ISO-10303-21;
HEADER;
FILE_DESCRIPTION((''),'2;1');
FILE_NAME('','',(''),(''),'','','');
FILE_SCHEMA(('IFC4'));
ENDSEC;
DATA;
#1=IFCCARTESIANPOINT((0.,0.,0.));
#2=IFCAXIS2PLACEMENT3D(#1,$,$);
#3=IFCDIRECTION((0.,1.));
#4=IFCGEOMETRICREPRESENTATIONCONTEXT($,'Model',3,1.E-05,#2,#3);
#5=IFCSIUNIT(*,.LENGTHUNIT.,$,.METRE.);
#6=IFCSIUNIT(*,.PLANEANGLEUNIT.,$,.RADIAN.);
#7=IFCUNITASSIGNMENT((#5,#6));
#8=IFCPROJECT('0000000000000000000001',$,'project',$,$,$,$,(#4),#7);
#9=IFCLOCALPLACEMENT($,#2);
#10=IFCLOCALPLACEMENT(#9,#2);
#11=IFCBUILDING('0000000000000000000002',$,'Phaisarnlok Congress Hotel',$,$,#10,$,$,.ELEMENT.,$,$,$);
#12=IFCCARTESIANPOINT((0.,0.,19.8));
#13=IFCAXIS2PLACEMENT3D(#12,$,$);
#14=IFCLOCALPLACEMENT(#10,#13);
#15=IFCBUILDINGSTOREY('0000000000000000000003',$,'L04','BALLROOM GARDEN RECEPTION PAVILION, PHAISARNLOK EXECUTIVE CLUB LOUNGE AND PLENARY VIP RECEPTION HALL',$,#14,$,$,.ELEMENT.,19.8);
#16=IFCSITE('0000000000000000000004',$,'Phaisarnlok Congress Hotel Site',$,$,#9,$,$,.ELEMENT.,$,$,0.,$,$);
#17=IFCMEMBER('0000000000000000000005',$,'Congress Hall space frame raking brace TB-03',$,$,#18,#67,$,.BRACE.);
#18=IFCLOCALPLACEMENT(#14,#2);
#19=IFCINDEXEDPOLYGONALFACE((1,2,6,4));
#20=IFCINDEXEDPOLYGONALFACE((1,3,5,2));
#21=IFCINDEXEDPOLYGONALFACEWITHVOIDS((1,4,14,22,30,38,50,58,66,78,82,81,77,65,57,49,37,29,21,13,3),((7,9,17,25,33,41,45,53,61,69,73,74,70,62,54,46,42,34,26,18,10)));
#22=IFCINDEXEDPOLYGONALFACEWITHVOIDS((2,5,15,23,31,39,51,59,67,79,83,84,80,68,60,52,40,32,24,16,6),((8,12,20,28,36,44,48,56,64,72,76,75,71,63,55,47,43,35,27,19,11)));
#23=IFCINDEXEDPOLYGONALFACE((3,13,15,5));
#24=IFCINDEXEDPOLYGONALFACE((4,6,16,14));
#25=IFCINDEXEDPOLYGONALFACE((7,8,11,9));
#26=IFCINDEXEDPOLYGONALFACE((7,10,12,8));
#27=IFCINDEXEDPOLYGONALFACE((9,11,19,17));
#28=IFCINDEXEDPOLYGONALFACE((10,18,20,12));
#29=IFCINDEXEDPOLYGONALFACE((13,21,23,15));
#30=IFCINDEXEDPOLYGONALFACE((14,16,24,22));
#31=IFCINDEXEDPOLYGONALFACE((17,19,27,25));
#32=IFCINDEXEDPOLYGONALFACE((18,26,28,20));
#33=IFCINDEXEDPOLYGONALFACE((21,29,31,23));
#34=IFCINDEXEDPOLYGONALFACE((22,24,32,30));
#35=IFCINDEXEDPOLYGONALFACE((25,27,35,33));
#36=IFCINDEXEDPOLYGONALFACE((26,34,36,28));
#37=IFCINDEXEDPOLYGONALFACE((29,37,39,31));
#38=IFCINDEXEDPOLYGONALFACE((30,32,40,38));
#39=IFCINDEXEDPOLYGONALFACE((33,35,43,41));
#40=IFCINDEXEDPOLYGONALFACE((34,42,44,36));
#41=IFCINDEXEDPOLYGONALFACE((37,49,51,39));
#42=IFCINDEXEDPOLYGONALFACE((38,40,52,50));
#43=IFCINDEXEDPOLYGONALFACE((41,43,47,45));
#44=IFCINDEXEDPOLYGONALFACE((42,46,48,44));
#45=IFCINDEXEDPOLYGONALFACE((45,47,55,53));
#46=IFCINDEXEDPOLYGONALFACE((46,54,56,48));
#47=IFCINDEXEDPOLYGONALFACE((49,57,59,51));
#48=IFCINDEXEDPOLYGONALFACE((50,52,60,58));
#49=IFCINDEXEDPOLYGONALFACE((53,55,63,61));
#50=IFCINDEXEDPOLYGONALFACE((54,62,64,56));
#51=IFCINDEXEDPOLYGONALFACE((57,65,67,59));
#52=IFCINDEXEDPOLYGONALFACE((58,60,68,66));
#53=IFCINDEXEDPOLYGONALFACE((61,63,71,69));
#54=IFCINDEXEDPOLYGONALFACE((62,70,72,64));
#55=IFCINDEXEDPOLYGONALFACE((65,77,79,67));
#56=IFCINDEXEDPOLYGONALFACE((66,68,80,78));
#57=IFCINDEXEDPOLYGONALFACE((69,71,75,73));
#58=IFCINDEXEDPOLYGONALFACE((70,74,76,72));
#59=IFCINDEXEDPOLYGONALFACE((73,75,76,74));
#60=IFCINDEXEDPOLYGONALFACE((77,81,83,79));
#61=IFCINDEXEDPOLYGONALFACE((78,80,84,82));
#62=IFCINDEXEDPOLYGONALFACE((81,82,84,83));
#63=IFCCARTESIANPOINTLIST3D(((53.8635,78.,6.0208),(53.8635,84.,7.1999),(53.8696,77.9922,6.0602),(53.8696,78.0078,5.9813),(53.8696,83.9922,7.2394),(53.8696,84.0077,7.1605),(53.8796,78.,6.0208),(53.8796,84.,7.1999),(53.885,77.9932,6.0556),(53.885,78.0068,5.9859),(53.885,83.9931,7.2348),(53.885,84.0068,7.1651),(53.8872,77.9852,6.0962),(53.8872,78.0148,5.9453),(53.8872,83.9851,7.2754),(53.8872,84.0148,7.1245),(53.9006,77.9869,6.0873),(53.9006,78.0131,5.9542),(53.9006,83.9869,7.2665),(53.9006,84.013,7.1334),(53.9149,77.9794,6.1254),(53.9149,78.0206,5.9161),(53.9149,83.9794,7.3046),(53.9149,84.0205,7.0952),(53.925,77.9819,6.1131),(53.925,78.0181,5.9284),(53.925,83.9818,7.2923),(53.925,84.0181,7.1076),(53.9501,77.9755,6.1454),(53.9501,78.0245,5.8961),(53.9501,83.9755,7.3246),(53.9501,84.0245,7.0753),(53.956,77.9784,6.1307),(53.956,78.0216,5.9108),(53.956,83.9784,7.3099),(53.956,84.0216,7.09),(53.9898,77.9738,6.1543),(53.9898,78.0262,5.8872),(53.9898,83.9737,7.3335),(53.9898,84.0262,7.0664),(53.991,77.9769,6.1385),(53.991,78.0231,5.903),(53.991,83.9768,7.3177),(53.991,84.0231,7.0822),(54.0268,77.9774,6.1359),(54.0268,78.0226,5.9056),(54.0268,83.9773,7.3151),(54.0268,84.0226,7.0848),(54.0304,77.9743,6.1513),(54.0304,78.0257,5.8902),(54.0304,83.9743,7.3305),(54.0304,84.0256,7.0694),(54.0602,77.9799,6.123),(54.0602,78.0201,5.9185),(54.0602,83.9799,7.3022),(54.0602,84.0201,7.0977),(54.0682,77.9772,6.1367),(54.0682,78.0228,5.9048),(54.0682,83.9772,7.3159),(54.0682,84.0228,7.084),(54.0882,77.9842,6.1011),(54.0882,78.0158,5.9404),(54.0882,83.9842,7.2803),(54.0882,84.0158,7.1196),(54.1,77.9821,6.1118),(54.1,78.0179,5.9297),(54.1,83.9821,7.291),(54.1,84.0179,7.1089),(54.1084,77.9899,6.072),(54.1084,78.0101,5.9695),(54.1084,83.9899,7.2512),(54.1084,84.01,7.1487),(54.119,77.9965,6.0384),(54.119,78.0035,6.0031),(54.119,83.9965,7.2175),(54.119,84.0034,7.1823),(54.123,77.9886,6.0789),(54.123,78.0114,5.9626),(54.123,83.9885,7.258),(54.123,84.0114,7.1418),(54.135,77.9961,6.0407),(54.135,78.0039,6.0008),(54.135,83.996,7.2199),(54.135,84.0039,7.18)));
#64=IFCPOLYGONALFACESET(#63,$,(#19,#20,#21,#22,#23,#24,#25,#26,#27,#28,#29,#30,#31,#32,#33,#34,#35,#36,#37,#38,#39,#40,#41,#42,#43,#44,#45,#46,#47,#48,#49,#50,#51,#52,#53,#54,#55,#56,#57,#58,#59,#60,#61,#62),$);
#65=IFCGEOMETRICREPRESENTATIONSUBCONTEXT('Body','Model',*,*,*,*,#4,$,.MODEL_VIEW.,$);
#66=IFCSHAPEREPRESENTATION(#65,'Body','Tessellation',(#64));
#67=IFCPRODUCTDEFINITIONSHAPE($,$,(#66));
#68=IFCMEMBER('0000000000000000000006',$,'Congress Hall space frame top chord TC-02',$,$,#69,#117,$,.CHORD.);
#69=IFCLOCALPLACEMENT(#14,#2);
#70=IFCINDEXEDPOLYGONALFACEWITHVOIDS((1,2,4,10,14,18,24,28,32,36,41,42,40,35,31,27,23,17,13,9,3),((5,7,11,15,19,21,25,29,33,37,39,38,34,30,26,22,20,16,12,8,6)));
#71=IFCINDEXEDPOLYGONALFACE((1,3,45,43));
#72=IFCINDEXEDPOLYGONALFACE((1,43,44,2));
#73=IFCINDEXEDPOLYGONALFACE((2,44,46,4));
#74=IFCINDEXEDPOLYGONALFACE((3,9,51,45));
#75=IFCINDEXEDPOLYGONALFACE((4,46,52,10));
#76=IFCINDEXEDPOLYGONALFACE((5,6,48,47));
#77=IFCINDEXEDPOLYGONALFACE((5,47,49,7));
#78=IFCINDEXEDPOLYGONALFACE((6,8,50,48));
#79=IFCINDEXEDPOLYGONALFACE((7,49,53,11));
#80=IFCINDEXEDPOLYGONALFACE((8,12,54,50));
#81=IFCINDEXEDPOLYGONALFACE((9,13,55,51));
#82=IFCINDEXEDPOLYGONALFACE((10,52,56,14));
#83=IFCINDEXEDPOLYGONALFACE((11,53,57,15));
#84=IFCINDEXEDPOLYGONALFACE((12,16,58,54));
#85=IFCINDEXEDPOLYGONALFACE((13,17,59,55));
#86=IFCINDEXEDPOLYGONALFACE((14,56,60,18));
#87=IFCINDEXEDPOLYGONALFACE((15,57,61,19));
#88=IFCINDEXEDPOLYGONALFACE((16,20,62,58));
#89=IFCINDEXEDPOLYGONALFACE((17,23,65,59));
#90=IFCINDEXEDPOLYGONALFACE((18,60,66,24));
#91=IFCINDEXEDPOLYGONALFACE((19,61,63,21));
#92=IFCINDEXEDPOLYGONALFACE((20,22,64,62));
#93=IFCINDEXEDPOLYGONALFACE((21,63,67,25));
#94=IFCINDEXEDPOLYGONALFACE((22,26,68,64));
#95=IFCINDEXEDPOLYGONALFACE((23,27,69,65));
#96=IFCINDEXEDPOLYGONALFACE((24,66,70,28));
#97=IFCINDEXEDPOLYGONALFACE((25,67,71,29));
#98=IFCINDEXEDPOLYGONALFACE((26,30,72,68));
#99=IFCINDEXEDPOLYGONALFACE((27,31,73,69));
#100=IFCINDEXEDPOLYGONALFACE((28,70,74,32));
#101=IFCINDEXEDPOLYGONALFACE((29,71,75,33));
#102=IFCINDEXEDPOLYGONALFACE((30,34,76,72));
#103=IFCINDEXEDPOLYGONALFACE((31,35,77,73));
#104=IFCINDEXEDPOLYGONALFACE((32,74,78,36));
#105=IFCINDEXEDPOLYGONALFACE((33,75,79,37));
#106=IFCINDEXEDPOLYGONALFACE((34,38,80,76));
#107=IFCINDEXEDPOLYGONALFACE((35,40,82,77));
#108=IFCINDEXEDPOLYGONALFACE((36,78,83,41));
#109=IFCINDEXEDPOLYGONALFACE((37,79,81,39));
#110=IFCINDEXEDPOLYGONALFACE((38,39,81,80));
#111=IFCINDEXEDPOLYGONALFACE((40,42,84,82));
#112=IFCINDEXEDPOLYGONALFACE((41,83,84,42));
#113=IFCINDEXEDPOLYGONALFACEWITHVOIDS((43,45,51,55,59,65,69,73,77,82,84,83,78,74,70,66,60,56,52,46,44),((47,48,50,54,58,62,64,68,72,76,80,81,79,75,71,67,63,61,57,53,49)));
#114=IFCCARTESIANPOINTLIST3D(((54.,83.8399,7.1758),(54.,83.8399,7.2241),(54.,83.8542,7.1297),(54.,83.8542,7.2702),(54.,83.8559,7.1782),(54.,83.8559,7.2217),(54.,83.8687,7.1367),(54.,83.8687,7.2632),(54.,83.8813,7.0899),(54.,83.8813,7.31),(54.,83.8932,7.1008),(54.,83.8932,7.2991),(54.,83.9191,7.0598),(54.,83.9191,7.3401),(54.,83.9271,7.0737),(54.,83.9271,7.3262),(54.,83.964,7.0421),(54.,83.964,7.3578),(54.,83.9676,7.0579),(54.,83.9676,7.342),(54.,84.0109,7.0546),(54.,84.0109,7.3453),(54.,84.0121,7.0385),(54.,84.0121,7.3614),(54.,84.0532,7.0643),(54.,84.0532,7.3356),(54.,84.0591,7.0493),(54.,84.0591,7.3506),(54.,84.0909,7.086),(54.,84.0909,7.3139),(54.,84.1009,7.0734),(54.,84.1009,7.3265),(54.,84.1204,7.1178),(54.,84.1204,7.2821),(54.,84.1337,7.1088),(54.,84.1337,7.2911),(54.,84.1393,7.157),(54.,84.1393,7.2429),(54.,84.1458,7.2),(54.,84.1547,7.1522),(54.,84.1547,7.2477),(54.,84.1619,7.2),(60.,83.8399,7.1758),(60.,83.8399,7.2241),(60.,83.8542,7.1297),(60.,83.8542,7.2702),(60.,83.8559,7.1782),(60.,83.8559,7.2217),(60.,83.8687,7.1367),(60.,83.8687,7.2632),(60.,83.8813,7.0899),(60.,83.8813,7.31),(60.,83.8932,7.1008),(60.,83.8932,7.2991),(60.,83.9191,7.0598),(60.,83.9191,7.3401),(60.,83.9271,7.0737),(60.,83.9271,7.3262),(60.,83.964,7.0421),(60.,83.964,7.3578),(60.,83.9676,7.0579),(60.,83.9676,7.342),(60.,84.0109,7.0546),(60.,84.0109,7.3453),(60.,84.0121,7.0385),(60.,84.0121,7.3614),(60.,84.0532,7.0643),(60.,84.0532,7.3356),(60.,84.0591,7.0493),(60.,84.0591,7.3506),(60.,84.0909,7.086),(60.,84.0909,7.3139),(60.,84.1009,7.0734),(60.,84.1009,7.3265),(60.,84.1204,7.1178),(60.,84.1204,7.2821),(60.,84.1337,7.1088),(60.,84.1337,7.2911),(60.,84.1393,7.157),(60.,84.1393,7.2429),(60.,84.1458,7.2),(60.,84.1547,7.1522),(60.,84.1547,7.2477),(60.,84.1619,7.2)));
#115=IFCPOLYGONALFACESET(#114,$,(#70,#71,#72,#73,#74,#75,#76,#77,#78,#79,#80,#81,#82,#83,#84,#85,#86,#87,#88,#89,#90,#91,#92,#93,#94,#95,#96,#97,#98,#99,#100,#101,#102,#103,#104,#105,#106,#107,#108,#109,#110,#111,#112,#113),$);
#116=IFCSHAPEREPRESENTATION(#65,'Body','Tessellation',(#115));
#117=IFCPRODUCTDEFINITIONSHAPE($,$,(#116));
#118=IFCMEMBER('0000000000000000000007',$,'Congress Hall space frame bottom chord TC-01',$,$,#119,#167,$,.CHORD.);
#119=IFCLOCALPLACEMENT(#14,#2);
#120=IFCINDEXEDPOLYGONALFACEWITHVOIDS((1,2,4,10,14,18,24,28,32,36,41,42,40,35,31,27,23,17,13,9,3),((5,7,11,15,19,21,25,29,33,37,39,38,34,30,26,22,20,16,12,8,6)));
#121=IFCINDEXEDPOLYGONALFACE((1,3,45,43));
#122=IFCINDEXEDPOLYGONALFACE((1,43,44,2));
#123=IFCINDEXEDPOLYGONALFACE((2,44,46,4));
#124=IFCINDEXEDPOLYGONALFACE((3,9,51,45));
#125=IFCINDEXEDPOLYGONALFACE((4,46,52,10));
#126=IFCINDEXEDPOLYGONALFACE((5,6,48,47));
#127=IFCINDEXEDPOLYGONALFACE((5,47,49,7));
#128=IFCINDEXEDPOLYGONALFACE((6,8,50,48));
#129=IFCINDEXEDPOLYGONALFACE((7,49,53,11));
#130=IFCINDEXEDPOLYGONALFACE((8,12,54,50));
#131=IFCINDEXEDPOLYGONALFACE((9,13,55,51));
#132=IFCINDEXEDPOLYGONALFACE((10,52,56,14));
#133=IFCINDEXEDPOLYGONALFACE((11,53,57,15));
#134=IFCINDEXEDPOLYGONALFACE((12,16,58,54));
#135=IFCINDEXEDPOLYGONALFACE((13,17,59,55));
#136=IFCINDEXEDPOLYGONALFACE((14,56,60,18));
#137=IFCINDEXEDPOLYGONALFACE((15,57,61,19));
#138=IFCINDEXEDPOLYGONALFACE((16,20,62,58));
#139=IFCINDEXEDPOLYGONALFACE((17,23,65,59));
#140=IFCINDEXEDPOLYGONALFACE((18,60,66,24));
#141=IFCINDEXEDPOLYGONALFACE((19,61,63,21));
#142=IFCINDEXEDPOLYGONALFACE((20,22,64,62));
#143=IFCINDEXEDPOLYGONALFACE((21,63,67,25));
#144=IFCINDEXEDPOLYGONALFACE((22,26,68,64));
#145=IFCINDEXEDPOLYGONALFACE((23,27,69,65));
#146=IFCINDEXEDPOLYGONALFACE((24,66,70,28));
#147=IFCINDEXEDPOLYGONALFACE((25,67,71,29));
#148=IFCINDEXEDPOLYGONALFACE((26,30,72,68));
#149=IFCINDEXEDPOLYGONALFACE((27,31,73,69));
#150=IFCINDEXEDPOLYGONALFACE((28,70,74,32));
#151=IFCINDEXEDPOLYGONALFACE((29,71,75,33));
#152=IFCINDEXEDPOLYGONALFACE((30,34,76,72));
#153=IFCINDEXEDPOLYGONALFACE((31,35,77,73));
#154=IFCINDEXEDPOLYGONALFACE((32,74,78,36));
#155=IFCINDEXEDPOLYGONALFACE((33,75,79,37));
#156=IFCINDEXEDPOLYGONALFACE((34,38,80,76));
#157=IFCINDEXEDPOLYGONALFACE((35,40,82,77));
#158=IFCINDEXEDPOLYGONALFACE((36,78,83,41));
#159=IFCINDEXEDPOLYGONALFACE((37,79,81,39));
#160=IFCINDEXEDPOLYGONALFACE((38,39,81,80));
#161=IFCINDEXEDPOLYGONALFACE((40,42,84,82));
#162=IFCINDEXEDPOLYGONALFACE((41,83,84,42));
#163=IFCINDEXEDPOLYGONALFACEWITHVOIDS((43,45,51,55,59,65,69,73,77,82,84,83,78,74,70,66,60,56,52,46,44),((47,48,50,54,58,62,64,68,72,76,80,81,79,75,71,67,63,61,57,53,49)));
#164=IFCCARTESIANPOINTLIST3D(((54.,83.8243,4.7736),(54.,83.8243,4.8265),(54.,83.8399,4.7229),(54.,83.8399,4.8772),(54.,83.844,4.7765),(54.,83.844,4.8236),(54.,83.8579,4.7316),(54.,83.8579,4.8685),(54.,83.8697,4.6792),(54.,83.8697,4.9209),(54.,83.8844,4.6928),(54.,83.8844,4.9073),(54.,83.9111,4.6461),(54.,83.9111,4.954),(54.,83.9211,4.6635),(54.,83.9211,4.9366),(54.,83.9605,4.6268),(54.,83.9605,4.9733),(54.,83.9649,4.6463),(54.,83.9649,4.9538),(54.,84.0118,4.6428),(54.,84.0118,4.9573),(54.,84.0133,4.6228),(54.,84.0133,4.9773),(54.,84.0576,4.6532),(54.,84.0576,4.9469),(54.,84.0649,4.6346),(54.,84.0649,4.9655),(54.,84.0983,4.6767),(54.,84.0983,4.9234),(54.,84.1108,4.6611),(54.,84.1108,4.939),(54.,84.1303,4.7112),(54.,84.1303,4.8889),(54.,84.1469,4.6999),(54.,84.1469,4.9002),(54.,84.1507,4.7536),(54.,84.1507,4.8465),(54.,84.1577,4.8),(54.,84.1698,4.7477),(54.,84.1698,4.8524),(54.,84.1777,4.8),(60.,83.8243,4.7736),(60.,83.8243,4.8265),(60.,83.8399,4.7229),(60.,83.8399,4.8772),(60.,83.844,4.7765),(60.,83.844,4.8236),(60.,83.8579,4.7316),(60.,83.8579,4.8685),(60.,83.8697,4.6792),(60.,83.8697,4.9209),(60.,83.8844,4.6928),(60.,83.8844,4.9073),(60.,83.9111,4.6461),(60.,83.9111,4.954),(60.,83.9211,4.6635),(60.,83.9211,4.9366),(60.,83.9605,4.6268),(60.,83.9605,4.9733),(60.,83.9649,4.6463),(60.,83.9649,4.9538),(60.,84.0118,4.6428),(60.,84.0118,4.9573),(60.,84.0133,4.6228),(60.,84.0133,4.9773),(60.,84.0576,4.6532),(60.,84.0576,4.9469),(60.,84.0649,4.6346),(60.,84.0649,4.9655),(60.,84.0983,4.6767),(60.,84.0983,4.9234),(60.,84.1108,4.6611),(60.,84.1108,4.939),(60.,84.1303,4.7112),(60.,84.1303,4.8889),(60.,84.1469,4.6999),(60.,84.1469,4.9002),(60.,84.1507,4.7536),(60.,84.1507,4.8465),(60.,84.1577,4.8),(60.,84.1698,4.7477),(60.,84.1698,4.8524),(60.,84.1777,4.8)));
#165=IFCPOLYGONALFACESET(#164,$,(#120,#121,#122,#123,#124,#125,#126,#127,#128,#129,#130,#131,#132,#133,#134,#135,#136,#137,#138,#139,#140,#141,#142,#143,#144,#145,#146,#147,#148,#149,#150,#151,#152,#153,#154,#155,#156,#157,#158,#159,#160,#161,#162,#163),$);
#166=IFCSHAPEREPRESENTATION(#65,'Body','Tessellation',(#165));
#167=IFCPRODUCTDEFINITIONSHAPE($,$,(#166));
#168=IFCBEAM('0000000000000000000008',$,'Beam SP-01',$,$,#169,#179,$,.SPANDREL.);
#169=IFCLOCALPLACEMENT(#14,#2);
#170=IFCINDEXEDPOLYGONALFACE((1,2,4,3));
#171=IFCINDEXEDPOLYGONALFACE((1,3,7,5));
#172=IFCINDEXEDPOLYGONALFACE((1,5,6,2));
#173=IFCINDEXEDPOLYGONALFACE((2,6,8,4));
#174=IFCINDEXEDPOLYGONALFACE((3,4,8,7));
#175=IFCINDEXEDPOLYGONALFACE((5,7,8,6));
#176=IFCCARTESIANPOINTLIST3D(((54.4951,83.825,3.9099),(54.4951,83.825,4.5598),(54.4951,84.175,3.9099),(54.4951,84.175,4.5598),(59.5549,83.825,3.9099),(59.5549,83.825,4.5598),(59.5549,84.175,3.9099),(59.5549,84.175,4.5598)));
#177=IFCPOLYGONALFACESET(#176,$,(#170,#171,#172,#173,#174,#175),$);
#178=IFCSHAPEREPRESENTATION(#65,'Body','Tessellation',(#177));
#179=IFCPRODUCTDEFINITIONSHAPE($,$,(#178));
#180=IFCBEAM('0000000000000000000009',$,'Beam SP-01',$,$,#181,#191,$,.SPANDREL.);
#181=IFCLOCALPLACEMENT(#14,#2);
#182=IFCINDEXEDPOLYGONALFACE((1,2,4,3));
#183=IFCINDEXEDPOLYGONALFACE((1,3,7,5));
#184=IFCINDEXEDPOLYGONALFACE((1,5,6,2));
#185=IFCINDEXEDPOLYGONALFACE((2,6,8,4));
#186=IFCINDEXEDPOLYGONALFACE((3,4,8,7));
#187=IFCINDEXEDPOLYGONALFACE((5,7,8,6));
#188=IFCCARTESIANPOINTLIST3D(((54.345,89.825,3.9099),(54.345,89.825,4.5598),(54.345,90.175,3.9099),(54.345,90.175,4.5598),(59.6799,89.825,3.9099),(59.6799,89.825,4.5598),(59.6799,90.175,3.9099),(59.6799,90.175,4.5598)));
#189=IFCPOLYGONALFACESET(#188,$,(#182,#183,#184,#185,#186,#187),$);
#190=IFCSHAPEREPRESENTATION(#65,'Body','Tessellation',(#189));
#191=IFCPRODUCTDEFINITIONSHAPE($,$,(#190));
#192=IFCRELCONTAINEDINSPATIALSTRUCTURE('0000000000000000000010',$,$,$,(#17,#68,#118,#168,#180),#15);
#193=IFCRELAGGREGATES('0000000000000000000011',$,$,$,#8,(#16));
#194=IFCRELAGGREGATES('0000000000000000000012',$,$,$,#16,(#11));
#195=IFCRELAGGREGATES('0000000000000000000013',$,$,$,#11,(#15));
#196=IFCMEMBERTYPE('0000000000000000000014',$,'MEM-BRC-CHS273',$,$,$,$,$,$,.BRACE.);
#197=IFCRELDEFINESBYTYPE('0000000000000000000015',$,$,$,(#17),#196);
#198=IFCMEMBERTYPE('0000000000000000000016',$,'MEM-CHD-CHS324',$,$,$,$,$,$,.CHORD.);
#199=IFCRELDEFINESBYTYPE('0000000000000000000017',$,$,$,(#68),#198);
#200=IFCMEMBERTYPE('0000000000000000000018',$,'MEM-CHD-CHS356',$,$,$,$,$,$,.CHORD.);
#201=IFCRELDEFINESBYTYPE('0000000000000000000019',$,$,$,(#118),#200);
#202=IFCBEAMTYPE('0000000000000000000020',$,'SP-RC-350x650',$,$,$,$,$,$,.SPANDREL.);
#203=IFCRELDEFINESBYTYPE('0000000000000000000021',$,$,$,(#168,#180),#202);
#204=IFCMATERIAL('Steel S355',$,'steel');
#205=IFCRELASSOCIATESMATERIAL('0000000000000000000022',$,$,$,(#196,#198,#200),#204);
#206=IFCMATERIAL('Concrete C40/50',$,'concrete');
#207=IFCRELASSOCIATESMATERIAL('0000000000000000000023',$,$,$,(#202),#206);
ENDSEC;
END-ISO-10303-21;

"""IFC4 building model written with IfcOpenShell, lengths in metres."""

from ifc_helpers import new_model, si_unit, direction, frame, origin, origin_2d, place, context, subcontext, project, spatial, rectangle, hollow_circle, extrude, material, material_profile, profile_set, type_object, element, save


model = new_model("IFC4")

# Units and contexts
model_context = context("Model", 3, precision=1e-05, world=origin(), true_north=direction((0.0, 1.0)))
body_context = subcontext(model_context, "Body", "Model", "MODEL_VIEW")
ifc_project = project(units=[si_unit("LENGTHUNIT", "METRE"), si_unit("PLANEANGLEUNIT", "RADIAN")], contexts=[model_context])

# Site, building, storey
site_placement = place(None, origin())
site = spatial("IfcSite", under=ifc_project, at=site_placement, Name="Phaisarnlok Congress Hotel Site", CompositionType="ELEMENT", RefElevation=0.0)
building_placement = place(site_placement, origin())
building = spatial("IfcBuilding", under=site, at=building_placement, Name="Phaisarnlok Congress Hotel", CompositionType="ELEMENT")
storey_placement = place(building_placement, frame((0.0, 0.0, 19.8)))
storey = spatial("IfcBuildingStorey", under=building, at=storey_placement, Name="L04", Description="BALLROOM GARDEN RECEPTION PAVILION, PHAISARNLOK EXECUTIVE CLUB LOUNGE AND PLENARY VIP RECEPTION HALL", CompositionType="ELEMENT", Elevation=19.8)

# Shared definitions
ifc_material_1 = material(Name="Steel S355", Category="steel")

# Members
ifc_material_profile_1 = material_profile(ifc_material_1, hollow_circle(Radius=0.1365, WallThickness=0.0161, at=origin_2d()), Name="CHS 273x16")
ifc_profile_set_1 = profile_set([ifc_material_profile_1], Name="Steel S355")
member_type_1 = type_object("IfcMemberType", Name="MEM-BRC-CHS273", PredefinedType="BRACE", material=ifc_profile_set_1)
member_1_placement = place(storey_placement, frame((54.0, 78.0, 6.0208), z_axis=(0.0, 0.981229, 0.192844), x_axis=(-1.0, 0.0, 0.0)))
element("IfcMember", 1, at=member_1_placement, inside=storey, type_object=member_type_1, Name="Congress Hall space frame raking brace TB-03", PredefinedType="BRACE", context=body_context, shape_type="SweptSolid", body=[
    extrude(hollow_circle(Radius=0.1365, WallThickness=0.0161, at=origin_2d()), origin(), (0.0, 0.0, 1.0), 6.1147),
])
ifc_material_profile_2 = material_profile(ifc_material_1, hollow_circle(Radius=0.1619, WallThickness=0.0161, at=origin_2d()), Name="CHS 323.9x16")
ifc_profile_set_2 = profile_set([ifc_material_profile_2], Name="Steel S355")
member_type_2 = type_object("IfcMemberType", Name="MEM-CHD-CHS324", PredefinedType="CHORD", material=ifc_profile_set_2)
member_2_placement = place(storey_placement, frame((54.0, 84.0, 7.2), z_axis=(1.0, 0.0, 0.0), x_axis=(0.0, 1.0, 0.0)))
element("IfcMember", 2, at=member_2_placement, inside=storey, type_object=member_type_2, Name="Congress Hall space frame top chord TC-02", PredefinedType="CHORD", context=body_context, shape_type="SweptSolid", body=[
    extrude(hollow_circle(Radius=0.1619, WallThickness=0.0161, at=origin_2d()), origin(), (0.0, 0.0, 1.0), 6.0),
])
ifc_material_profile_3 = material_profile(ifc_material_1, hollow_circle(Radius=0.1777, WallThickness=0.02, at=origin_2d()), Name="CHS 355.6x20")
ifc_profile_set_3 = profile_set([ifc_material_profile_3], Name="Steel S355")
member_type_3 = type_object("IfcMemberType", Name="MEM-CHD-CHS356", PredefinedType="CHORD", material=ifc_profile_set_3)
member_3_placement = place(storey_placement, frame((54.0, 84.0, 4.8), z_axis=(1.0, 0.0, 0.0), x_axis=(0.0, 1.0, 0.0)))
element("IfcMember", 3, at=member_3_placement, inside=storey, type_object=member_type_3, Name="Congress Hall space frame bottom chord TC-01", PredefinedType="CHORD", context=body_context, shape_type="SweptSolid", body=[
    extrude(hollow_circle(Radius=0.1777, WallThickness=0.02, at=origin_2d()), origin(), (0.0, 0.0, 1.0), 6.0),
])

# Beams
ifc_material_2 = material(Name="Concrete C40/50", Category="concrete")
ifc_material_profile_4 = material_profile(ifc_material_2, rectangle(XDim=0.3501, YDim=0.6499, at=origin_2d()), Name="RC 350x650")
ifc_profile_set_4 = profile_set([ifc_material_profile_4], Name="Concrete C40/50")
beam_type_1 = type_object("IfcBeamType", Name="SP-RC-350x650", PredefinedType="SPANDREL", material=ifc_profile_set_4)
beam_1_placement = place(storey_placement, frame((54.4951, 84.0, 4.2349), z_axis=(1.0, 0.0, 0.0), x_axis=(0.0, 1.0, 0.0)))
element("IfcBeam", 4, at=beam_1_placement, inside=storey, type_object=beam_type_1, Name="Beam SP-01", PredefinedType="SPANDREL", context=body_context, shape_type="SweptSolid", body=[
    extrude(rectangle(XDim=0.3501, YDim=0.6499, at=origin_2d()), origin(), (0.0, 0.0, 1.0), 5.0598),
])
beam_2_placement = place(storey_placement, frame((54.345, 90.0, 4.2349), z_axis=(1.0, 0.0, 0.0), x_axis=(0.0, 1.0, 0.0)))
element("IfcBeam", 5, at=beam_2_placement, inside=storey, type_object=beam_type_1, Name="Beam SP-01", PredefinedType="SPANDREL", context=body_context, shape_type="SweptSolid", body=[
    extrude(rectangle(XDim=0.3501, YDim=0.6499, at=origin_2d()), origin(), (0.0, 0.0, 1.0), 5.335),
])

save(model, "model.ifc")
